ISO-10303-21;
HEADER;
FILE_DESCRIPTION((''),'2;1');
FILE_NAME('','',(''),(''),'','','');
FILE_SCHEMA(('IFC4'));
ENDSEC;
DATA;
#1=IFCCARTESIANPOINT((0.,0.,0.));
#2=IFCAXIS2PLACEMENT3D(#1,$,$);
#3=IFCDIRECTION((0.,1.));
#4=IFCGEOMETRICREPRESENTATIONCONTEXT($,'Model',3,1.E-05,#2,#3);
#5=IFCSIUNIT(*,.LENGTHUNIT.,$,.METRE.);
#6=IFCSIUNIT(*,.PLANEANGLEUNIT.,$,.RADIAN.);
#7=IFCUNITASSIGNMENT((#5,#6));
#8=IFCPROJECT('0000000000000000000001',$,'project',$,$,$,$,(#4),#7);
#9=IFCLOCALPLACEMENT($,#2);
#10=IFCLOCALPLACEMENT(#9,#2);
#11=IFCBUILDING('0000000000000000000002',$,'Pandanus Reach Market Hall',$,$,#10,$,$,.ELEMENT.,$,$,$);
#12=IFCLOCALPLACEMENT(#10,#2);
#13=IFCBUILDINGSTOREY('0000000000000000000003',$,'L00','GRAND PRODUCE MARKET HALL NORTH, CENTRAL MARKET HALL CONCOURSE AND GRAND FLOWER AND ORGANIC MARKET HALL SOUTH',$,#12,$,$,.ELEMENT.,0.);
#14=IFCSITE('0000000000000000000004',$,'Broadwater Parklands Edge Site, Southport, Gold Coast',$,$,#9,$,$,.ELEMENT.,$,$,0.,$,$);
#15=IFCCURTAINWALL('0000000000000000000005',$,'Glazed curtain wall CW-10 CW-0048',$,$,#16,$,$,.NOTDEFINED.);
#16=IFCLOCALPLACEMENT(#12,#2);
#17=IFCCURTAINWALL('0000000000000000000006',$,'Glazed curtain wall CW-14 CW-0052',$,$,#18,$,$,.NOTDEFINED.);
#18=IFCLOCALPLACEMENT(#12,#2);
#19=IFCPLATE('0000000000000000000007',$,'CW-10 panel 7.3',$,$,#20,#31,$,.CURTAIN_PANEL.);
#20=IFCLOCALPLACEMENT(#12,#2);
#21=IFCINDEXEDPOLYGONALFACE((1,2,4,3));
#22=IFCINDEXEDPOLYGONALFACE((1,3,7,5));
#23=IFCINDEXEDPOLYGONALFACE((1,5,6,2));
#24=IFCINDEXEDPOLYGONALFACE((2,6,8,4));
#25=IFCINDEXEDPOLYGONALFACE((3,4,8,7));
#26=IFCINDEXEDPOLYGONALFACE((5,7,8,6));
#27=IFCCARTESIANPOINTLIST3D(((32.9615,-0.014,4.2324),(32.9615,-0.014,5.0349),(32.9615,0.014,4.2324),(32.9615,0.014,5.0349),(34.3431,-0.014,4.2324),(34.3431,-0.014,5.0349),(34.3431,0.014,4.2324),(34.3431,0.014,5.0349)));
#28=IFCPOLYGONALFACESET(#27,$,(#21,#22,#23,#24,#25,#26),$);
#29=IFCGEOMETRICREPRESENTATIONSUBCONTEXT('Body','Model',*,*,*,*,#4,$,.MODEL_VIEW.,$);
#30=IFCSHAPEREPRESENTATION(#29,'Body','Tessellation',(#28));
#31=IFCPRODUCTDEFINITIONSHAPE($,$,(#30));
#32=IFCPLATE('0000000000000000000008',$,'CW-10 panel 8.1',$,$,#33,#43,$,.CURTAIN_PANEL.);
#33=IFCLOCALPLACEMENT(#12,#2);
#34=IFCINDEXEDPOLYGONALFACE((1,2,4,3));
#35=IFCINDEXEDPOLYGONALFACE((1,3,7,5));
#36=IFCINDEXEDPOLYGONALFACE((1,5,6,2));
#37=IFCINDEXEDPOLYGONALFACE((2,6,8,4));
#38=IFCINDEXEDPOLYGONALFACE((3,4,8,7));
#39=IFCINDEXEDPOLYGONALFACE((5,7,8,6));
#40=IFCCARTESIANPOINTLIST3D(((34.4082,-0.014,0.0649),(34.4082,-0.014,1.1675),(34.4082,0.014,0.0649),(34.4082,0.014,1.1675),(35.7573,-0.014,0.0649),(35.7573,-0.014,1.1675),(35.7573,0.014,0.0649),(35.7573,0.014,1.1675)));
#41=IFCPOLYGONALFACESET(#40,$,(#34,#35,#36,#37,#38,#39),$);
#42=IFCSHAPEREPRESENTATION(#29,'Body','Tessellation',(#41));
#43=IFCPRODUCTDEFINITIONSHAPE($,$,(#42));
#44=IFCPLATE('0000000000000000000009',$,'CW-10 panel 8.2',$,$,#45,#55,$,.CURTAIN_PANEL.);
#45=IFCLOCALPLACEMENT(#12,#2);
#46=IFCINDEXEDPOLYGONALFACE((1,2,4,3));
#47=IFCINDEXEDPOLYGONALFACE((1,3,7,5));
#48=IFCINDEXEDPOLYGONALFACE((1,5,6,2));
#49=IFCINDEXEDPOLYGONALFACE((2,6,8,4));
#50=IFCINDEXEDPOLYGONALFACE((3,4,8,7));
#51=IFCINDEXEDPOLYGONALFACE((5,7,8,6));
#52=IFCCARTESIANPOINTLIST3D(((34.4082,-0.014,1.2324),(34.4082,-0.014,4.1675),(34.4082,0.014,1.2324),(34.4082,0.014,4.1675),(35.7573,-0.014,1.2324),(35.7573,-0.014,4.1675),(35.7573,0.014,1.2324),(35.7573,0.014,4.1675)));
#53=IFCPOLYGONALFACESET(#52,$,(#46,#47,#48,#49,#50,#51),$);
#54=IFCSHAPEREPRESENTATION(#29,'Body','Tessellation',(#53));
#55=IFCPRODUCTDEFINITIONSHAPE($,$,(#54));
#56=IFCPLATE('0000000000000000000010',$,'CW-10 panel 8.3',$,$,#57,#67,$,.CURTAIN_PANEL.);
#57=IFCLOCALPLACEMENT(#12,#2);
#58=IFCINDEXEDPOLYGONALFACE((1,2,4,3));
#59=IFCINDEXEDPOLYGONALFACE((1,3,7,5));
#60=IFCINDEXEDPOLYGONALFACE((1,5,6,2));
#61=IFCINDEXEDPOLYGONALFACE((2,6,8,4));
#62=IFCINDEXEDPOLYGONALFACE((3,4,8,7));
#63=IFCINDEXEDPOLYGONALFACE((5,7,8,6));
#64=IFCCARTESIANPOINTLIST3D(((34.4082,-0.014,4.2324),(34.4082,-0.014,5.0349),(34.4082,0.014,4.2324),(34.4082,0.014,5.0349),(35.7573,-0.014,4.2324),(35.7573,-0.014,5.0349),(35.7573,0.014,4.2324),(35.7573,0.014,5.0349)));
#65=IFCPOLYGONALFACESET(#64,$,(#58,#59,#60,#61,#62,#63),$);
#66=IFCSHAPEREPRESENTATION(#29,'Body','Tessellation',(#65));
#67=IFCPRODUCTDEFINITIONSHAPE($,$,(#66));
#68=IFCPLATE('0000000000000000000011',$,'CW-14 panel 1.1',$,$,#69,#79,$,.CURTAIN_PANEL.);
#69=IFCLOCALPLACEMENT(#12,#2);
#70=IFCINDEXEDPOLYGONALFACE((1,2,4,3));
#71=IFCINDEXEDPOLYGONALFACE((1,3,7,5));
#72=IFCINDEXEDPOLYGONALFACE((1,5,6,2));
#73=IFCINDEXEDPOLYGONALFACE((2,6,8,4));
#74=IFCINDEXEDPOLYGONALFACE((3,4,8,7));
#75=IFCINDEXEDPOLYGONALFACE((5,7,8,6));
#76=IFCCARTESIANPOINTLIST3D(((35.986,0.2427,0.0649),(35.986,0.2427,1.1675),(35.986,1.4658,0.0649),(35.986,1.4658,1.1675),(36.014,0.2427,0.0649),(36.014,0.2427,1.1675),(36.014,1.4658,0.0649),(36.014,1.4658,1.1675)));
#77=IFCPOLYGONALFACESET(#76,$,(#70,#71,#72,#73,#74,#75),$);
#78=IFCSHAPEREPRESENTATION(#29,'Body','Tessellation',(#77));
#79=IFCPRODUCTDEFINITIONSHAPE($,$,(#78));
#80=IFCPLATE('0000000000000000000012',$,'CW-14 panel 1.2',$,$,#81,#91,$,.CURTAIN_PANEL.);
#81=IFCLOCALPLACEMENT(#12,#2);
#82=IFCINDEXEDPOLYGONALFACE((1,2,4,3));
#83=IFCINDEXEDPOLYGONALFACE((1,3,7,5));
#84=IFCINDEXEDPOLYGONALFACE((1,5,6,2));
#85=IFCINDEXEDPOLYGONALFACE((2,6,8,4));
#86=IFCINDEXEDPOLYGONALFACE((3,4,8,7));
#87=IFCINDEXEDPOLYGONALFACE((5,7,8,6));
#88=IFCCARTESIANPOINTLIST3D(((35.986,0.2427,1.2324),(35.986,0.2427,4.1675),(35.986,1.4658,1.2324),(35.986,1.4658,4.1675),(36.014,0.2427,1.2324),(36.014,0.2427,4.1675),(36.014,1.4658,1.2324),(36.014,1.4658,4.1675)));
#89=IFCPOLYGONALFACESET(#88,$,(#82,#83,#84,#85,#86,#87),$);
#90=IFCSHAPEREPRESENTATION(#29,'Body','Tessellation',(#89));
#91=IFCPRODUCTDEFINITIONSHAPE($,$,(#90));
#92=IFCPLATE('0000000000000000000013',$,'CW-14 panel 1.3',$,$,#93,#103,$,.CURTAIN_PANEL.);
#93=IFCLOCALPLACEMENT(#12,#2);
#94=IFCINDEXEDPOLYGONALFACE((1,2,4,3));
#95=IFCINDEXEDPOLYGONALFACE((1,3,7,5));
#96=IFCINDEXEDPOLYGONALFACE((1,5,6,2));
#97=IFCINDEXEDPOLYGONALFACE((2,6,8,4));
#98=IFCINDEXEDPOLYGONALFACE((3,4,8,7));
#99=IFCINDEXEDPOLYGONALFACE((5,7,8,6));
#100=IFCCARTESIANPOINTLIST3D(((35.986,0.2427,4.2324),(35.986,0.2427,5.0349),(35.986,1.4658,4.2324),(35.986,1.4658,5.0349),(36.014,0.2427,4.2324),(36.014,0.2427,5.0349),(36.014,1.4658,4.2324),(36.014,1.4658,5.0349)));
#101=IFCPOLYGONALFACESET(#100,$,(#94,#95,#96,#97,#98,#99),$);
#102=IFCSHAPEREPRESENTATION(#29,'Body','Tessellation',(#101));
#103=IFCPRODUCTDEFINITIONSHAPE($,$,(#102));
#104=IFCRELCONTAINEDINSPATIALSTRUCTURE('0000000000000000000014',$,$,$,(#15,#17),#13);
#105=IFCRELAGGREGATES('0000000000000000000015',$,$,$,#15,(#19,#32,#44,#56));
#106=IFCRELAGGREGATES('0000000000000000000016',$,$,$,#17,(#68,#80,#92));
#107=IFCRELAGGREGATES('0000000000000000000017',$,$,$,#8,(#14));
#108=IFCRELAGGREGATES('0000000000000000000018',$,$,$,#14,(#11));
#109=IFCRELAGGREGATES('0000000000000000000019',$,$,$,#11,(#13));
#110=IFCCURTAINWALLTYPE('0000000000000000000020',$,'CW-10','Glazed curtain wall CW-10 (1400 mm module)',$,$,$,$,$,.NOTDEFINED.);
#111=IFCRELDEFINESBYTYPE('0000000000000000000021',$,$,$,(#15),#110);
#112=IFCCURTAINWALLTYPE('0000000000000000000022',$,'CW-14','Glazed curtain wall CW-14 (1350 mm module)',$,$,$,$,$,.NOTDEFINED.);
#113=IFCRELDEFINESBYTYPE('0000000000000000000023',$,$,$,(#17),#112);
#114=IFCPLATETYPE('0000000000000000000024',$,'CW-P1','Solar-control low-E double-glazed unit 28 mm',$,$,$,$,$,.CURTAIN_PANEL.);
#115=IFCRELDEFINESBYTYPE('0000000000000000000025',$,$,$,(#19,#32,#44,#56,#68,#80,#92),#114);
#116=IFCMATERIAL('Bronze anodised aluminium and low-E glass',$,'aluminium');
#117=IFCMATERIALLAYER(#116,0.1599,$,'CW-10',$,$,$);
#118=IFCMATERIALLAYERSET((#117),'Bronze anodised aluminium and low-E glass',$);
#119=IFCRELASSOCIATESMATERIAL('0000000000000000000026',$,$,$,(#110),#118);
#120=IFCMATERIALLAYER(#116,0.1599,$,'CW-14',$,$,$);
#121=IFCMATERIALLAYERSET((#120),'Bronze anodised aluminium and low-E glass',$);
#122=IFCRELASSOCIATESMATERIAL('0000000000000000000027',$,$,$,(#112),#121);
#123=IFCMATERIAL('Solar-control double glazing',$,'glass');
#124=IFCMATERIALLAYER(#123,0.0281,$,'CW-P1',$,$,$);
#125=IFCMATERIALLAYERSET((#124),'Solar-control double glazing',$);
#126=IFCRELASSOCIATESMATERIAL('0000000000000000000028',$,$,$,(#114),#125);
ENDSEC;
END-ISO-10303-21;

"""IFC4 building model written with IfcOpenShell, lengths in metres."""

from ifc_helpers import new_model, si_unit, direction, frame, origin, origin_2d, place, context, subcontext, project, spatial, rectangle, extrude, material, layer, layer_set, type_object, element, aggregate, save


model = new_model("IFC4")

# Units and contexts
model_context = context("Model", 3, precision=1e-05, world=origin(), true_north=direction((0.0, 1.0)))
body_context = subcontext(model_context, "Body", "Model", "MODEL_VIEW")
ifc_project = project(units=[si_unit("LENGTHUNIT", "METRE"), si_unit("PLANEANGLEUNIT", "RADIAN")], contexts=[model_context])

# Site, building, storey
site_placement = place(None, origin())
site = spatial("IfcSite", under=ifc_project, at=site_placement, Name="Broadwater Parklands Edge Site, Southport, Gold Coast", CompositionType="ELEMENT", RefElevation=0.0)
building_placement = place(site_placement, origin())
building = spatial("IfcBuilding", under=site, at=building_placement, Name="Pandanus Reach Market Hall", CompositionType="ELEMENT")
storey_placement = place(building_placement, origin())
storey = spatial("IfcBuildingStorey", under=building, at=storey_placement, Name="L00", Description="GRAND PRODUCE MARKET HALL NORTH, CENTRAL MARKET HALL CONCOURSE AND GRAND FLOWER AND ORGANIC MARKET HALL SOUTH", CompositionType="ELEMENT", Elevation=0.0)

# Curtain walls
ifc_material_1 = material(Name="Bronze anodised aluminium and low-E glass", Category="aluminium")
ifc_layer_1 = layer(ifc_material_1, 0.1599, Name="CW-10")
ifc_layer_set_1 = layer_set([ifc_layer_1], Name="Bronze anodised aluminium and low-E glass")
curtain_wall_type_1 = type_object("IfcCurtainWallType", Name="CW-10", Description="Glazed curtain wall CW-10 (1400 mm module)", PredefinedType="NOTDEFINED", material=ifc_layer_set_1)
curtain_wall_1_placement = place(storey_placement, origin())
curtain_wall_1 = element("IfcCurtainWall", 1, at=curtain_wall_1_placement, inside=storey, type_object=curtain_wall_type_1, Name="Glazed curtain wall CW-10 CW-0048", PredefinedType="NOTDEFINED")
ifc_layer_2 = layer(ifc_material_1, 0.1599, Name="CW-14")
ifc_layer_set_2 = layer_set([ifc_layer_2], Name="Bronze anodised aluminium and low-E glass")
curtain_wall_type_2 = type_object("IfcCurtainWallType", Name="CW-14", Description="Glazed curtain wall CW-14 (1350 mm module)", PredefinedType="NOTDEFINED", material=ifc_layer_set_2)
curtain_wall_2_placement = place(storey_placement, origin())
curtain_wall_2 = element("IfcCurtainWall", 2, at=curtain_wall_2_placement, inside=storey, type_object=curtain_wall_type_2, Name="Glazed curtain wall CW-14 CW-0052", PredefinedType="NOTDEFINED")

# Plates
ifc_material_2 = material(Name="Solar-control double glazing", Category="glass")
ifc_layer_3 = layer(ifc_material_2, 0.0281, Name="CW-P1")
ifc_layer_set_3 = layer_set([ifc_layer_3], Name="Solar-control double glazing")
plate_type = type_object("IfcPlateType", Name="CW-P1", Description="Solar-control low-E double-glazed unit 28 mm", PredefinedType="CURTAIN_PANEL", material=ifc_layer_set_3)
plate_1_placement = place(storey_placement, frame((33.6523, 0.0, 4.2324), z_axis=(0.0, 0.0, 1.0), x_axis=(1.0, 0.0, 0.0)))
plate_1 = element("IfcPlate", 3, at=plate_1_placement, type_object=plate_type, Name="CW-10 panel 7.3", PredefinedType="CURTAIN_PANEL", context=body_context, shape_type="SweptSolid", body=[
    extrude(rectangle(XDim=1.3816, YDim=0.0281, at=origin_2d()), origin(), (0.0, 0.0, 1.0), 0.8025),
])
plate_2_placement = place(storey_placement, frame((35.0828, 0.0, 0.0649), z_axis=(0.0, 0.0, 1.0), x_axis=(1.0, 0.0, 0.0)))
plate_2 = element("IfcPlate", 4, at=plate_2_placement, type_object=plate_type, Name="CW-10 panel 8.1", PredefinedType="CURTAIN_PANEL", context=body_context, shape_type="SweptSolid", body=[
    extrude(rectangle(XDim=1.3491, YDim=0.0281, at=origin_2d()), origin(), (0.0, 0.0, 1.0), 1.1025),
])
plate_3_placement = place(storey_placement, frame((35.0828, 0.0, 1.2324), z_axis=(0.0, 0.0, 1.0), x_axis=(1.0, 0.0, 0.0)))
plate_3 = element("IfcPlate", 5, at=plate_3_placement, type_object=plate_type, Name="CW-10 panel 8.2", PredefinedType="CURTAIN_PANEL", context=body_context, shape_type="SweptSolid", body=[
    extrude(rectangle(XDim=1.3491, YDim=0.0281, at=origin_2d()), origin(), (0.0, 0.0, 1.0), 2.9351),
])
plate_4_placement = place(storey_placement, frame((35.0828, 0.0, 4.2324), z_axis=(0.0, 0.0, 1.0), x_axis=(1.0, 0.0, 0.0)))
plate_4 = element("IfcPlate", 6, at=plate_4_placement, type_object=plate_type, Name="CW-10 panel 8.3", PredefinedType="CURTAIN_PANEL", context=body_context, shape_type="SweptSolid", body=[
    extrude(rectangle(XDim=1.3491, YDim=0.0281, at=origin_2d()), origin(), (0.0, 0.0, 1.0), 0.8025),
])
aggregate(curtain_wall_1, [plate_1, plate_2, plate_3, plate_4])
plate_5_placement = place(storey_placement, frame((36.0, 0.8542, 0.0649), z_axis=(0.0, 0.0, 1.0), x_axis=(0.0, 1.0, 0.0)))
plate_5 = element("IfcPlate", 7, at=plate_5_placement, type_object=plate_type, Name="CW-14 panel 1.1", PredefinedType="CURTAIN_PANEL", context=body_context, shape_type="SweptSolid", body=[
    extrude(rectangle(XDim=1.2231, YDim=0.0281, at=origin_2d()), origin(), (0.0, 0.0, 1.0), 1.1025),
])
plate_6_placement = place(storey_placement, frame((36.0, 0.8542, 1.2324), z_axis=(0.0, 0.0, 1.0), x_axis=(0.0, 1.0, 0.0)))
plate_6 = element("IfcPlate", 8, at=plate_6_placement, type_object=plate_type, Name="CW-14 panel 1.2", PredefinedType="CURTAIN_PANEL", context=body_context, shape_type="SweptSolid", body=[
    extrude(rectangle(XDim=1.2231, YDim=0.0281, at=origin_2d()), origin(), (0.0, 0.0, 1.0), 2.9351),
])
plate_7_placement = place(storey_placement, frame((36.0, 0.8542, 4.2324), z_axis=(0.0, 0.0, 1.0), x_axis=(0.0, 1.0, 0.0)))
plate_7 = element("IfcPlate", 9, at=plate_7_placement, type_object=plate_type, Name="CW-14 panel 1.3", PredefinedType="CURTAIN_PANEL", context=body_context, shape_type="SweptSolid", body=[
    extrude(rectangle(XDim=1.2231, YDim=0.0281, at=origin_2d()), origin(), (0.0, 0.0, 1.0), 0.8025),
])
aggregate(curtain_wall_2, [plate_5, plate_6, plate_7])

save(model, "model.ifc")
